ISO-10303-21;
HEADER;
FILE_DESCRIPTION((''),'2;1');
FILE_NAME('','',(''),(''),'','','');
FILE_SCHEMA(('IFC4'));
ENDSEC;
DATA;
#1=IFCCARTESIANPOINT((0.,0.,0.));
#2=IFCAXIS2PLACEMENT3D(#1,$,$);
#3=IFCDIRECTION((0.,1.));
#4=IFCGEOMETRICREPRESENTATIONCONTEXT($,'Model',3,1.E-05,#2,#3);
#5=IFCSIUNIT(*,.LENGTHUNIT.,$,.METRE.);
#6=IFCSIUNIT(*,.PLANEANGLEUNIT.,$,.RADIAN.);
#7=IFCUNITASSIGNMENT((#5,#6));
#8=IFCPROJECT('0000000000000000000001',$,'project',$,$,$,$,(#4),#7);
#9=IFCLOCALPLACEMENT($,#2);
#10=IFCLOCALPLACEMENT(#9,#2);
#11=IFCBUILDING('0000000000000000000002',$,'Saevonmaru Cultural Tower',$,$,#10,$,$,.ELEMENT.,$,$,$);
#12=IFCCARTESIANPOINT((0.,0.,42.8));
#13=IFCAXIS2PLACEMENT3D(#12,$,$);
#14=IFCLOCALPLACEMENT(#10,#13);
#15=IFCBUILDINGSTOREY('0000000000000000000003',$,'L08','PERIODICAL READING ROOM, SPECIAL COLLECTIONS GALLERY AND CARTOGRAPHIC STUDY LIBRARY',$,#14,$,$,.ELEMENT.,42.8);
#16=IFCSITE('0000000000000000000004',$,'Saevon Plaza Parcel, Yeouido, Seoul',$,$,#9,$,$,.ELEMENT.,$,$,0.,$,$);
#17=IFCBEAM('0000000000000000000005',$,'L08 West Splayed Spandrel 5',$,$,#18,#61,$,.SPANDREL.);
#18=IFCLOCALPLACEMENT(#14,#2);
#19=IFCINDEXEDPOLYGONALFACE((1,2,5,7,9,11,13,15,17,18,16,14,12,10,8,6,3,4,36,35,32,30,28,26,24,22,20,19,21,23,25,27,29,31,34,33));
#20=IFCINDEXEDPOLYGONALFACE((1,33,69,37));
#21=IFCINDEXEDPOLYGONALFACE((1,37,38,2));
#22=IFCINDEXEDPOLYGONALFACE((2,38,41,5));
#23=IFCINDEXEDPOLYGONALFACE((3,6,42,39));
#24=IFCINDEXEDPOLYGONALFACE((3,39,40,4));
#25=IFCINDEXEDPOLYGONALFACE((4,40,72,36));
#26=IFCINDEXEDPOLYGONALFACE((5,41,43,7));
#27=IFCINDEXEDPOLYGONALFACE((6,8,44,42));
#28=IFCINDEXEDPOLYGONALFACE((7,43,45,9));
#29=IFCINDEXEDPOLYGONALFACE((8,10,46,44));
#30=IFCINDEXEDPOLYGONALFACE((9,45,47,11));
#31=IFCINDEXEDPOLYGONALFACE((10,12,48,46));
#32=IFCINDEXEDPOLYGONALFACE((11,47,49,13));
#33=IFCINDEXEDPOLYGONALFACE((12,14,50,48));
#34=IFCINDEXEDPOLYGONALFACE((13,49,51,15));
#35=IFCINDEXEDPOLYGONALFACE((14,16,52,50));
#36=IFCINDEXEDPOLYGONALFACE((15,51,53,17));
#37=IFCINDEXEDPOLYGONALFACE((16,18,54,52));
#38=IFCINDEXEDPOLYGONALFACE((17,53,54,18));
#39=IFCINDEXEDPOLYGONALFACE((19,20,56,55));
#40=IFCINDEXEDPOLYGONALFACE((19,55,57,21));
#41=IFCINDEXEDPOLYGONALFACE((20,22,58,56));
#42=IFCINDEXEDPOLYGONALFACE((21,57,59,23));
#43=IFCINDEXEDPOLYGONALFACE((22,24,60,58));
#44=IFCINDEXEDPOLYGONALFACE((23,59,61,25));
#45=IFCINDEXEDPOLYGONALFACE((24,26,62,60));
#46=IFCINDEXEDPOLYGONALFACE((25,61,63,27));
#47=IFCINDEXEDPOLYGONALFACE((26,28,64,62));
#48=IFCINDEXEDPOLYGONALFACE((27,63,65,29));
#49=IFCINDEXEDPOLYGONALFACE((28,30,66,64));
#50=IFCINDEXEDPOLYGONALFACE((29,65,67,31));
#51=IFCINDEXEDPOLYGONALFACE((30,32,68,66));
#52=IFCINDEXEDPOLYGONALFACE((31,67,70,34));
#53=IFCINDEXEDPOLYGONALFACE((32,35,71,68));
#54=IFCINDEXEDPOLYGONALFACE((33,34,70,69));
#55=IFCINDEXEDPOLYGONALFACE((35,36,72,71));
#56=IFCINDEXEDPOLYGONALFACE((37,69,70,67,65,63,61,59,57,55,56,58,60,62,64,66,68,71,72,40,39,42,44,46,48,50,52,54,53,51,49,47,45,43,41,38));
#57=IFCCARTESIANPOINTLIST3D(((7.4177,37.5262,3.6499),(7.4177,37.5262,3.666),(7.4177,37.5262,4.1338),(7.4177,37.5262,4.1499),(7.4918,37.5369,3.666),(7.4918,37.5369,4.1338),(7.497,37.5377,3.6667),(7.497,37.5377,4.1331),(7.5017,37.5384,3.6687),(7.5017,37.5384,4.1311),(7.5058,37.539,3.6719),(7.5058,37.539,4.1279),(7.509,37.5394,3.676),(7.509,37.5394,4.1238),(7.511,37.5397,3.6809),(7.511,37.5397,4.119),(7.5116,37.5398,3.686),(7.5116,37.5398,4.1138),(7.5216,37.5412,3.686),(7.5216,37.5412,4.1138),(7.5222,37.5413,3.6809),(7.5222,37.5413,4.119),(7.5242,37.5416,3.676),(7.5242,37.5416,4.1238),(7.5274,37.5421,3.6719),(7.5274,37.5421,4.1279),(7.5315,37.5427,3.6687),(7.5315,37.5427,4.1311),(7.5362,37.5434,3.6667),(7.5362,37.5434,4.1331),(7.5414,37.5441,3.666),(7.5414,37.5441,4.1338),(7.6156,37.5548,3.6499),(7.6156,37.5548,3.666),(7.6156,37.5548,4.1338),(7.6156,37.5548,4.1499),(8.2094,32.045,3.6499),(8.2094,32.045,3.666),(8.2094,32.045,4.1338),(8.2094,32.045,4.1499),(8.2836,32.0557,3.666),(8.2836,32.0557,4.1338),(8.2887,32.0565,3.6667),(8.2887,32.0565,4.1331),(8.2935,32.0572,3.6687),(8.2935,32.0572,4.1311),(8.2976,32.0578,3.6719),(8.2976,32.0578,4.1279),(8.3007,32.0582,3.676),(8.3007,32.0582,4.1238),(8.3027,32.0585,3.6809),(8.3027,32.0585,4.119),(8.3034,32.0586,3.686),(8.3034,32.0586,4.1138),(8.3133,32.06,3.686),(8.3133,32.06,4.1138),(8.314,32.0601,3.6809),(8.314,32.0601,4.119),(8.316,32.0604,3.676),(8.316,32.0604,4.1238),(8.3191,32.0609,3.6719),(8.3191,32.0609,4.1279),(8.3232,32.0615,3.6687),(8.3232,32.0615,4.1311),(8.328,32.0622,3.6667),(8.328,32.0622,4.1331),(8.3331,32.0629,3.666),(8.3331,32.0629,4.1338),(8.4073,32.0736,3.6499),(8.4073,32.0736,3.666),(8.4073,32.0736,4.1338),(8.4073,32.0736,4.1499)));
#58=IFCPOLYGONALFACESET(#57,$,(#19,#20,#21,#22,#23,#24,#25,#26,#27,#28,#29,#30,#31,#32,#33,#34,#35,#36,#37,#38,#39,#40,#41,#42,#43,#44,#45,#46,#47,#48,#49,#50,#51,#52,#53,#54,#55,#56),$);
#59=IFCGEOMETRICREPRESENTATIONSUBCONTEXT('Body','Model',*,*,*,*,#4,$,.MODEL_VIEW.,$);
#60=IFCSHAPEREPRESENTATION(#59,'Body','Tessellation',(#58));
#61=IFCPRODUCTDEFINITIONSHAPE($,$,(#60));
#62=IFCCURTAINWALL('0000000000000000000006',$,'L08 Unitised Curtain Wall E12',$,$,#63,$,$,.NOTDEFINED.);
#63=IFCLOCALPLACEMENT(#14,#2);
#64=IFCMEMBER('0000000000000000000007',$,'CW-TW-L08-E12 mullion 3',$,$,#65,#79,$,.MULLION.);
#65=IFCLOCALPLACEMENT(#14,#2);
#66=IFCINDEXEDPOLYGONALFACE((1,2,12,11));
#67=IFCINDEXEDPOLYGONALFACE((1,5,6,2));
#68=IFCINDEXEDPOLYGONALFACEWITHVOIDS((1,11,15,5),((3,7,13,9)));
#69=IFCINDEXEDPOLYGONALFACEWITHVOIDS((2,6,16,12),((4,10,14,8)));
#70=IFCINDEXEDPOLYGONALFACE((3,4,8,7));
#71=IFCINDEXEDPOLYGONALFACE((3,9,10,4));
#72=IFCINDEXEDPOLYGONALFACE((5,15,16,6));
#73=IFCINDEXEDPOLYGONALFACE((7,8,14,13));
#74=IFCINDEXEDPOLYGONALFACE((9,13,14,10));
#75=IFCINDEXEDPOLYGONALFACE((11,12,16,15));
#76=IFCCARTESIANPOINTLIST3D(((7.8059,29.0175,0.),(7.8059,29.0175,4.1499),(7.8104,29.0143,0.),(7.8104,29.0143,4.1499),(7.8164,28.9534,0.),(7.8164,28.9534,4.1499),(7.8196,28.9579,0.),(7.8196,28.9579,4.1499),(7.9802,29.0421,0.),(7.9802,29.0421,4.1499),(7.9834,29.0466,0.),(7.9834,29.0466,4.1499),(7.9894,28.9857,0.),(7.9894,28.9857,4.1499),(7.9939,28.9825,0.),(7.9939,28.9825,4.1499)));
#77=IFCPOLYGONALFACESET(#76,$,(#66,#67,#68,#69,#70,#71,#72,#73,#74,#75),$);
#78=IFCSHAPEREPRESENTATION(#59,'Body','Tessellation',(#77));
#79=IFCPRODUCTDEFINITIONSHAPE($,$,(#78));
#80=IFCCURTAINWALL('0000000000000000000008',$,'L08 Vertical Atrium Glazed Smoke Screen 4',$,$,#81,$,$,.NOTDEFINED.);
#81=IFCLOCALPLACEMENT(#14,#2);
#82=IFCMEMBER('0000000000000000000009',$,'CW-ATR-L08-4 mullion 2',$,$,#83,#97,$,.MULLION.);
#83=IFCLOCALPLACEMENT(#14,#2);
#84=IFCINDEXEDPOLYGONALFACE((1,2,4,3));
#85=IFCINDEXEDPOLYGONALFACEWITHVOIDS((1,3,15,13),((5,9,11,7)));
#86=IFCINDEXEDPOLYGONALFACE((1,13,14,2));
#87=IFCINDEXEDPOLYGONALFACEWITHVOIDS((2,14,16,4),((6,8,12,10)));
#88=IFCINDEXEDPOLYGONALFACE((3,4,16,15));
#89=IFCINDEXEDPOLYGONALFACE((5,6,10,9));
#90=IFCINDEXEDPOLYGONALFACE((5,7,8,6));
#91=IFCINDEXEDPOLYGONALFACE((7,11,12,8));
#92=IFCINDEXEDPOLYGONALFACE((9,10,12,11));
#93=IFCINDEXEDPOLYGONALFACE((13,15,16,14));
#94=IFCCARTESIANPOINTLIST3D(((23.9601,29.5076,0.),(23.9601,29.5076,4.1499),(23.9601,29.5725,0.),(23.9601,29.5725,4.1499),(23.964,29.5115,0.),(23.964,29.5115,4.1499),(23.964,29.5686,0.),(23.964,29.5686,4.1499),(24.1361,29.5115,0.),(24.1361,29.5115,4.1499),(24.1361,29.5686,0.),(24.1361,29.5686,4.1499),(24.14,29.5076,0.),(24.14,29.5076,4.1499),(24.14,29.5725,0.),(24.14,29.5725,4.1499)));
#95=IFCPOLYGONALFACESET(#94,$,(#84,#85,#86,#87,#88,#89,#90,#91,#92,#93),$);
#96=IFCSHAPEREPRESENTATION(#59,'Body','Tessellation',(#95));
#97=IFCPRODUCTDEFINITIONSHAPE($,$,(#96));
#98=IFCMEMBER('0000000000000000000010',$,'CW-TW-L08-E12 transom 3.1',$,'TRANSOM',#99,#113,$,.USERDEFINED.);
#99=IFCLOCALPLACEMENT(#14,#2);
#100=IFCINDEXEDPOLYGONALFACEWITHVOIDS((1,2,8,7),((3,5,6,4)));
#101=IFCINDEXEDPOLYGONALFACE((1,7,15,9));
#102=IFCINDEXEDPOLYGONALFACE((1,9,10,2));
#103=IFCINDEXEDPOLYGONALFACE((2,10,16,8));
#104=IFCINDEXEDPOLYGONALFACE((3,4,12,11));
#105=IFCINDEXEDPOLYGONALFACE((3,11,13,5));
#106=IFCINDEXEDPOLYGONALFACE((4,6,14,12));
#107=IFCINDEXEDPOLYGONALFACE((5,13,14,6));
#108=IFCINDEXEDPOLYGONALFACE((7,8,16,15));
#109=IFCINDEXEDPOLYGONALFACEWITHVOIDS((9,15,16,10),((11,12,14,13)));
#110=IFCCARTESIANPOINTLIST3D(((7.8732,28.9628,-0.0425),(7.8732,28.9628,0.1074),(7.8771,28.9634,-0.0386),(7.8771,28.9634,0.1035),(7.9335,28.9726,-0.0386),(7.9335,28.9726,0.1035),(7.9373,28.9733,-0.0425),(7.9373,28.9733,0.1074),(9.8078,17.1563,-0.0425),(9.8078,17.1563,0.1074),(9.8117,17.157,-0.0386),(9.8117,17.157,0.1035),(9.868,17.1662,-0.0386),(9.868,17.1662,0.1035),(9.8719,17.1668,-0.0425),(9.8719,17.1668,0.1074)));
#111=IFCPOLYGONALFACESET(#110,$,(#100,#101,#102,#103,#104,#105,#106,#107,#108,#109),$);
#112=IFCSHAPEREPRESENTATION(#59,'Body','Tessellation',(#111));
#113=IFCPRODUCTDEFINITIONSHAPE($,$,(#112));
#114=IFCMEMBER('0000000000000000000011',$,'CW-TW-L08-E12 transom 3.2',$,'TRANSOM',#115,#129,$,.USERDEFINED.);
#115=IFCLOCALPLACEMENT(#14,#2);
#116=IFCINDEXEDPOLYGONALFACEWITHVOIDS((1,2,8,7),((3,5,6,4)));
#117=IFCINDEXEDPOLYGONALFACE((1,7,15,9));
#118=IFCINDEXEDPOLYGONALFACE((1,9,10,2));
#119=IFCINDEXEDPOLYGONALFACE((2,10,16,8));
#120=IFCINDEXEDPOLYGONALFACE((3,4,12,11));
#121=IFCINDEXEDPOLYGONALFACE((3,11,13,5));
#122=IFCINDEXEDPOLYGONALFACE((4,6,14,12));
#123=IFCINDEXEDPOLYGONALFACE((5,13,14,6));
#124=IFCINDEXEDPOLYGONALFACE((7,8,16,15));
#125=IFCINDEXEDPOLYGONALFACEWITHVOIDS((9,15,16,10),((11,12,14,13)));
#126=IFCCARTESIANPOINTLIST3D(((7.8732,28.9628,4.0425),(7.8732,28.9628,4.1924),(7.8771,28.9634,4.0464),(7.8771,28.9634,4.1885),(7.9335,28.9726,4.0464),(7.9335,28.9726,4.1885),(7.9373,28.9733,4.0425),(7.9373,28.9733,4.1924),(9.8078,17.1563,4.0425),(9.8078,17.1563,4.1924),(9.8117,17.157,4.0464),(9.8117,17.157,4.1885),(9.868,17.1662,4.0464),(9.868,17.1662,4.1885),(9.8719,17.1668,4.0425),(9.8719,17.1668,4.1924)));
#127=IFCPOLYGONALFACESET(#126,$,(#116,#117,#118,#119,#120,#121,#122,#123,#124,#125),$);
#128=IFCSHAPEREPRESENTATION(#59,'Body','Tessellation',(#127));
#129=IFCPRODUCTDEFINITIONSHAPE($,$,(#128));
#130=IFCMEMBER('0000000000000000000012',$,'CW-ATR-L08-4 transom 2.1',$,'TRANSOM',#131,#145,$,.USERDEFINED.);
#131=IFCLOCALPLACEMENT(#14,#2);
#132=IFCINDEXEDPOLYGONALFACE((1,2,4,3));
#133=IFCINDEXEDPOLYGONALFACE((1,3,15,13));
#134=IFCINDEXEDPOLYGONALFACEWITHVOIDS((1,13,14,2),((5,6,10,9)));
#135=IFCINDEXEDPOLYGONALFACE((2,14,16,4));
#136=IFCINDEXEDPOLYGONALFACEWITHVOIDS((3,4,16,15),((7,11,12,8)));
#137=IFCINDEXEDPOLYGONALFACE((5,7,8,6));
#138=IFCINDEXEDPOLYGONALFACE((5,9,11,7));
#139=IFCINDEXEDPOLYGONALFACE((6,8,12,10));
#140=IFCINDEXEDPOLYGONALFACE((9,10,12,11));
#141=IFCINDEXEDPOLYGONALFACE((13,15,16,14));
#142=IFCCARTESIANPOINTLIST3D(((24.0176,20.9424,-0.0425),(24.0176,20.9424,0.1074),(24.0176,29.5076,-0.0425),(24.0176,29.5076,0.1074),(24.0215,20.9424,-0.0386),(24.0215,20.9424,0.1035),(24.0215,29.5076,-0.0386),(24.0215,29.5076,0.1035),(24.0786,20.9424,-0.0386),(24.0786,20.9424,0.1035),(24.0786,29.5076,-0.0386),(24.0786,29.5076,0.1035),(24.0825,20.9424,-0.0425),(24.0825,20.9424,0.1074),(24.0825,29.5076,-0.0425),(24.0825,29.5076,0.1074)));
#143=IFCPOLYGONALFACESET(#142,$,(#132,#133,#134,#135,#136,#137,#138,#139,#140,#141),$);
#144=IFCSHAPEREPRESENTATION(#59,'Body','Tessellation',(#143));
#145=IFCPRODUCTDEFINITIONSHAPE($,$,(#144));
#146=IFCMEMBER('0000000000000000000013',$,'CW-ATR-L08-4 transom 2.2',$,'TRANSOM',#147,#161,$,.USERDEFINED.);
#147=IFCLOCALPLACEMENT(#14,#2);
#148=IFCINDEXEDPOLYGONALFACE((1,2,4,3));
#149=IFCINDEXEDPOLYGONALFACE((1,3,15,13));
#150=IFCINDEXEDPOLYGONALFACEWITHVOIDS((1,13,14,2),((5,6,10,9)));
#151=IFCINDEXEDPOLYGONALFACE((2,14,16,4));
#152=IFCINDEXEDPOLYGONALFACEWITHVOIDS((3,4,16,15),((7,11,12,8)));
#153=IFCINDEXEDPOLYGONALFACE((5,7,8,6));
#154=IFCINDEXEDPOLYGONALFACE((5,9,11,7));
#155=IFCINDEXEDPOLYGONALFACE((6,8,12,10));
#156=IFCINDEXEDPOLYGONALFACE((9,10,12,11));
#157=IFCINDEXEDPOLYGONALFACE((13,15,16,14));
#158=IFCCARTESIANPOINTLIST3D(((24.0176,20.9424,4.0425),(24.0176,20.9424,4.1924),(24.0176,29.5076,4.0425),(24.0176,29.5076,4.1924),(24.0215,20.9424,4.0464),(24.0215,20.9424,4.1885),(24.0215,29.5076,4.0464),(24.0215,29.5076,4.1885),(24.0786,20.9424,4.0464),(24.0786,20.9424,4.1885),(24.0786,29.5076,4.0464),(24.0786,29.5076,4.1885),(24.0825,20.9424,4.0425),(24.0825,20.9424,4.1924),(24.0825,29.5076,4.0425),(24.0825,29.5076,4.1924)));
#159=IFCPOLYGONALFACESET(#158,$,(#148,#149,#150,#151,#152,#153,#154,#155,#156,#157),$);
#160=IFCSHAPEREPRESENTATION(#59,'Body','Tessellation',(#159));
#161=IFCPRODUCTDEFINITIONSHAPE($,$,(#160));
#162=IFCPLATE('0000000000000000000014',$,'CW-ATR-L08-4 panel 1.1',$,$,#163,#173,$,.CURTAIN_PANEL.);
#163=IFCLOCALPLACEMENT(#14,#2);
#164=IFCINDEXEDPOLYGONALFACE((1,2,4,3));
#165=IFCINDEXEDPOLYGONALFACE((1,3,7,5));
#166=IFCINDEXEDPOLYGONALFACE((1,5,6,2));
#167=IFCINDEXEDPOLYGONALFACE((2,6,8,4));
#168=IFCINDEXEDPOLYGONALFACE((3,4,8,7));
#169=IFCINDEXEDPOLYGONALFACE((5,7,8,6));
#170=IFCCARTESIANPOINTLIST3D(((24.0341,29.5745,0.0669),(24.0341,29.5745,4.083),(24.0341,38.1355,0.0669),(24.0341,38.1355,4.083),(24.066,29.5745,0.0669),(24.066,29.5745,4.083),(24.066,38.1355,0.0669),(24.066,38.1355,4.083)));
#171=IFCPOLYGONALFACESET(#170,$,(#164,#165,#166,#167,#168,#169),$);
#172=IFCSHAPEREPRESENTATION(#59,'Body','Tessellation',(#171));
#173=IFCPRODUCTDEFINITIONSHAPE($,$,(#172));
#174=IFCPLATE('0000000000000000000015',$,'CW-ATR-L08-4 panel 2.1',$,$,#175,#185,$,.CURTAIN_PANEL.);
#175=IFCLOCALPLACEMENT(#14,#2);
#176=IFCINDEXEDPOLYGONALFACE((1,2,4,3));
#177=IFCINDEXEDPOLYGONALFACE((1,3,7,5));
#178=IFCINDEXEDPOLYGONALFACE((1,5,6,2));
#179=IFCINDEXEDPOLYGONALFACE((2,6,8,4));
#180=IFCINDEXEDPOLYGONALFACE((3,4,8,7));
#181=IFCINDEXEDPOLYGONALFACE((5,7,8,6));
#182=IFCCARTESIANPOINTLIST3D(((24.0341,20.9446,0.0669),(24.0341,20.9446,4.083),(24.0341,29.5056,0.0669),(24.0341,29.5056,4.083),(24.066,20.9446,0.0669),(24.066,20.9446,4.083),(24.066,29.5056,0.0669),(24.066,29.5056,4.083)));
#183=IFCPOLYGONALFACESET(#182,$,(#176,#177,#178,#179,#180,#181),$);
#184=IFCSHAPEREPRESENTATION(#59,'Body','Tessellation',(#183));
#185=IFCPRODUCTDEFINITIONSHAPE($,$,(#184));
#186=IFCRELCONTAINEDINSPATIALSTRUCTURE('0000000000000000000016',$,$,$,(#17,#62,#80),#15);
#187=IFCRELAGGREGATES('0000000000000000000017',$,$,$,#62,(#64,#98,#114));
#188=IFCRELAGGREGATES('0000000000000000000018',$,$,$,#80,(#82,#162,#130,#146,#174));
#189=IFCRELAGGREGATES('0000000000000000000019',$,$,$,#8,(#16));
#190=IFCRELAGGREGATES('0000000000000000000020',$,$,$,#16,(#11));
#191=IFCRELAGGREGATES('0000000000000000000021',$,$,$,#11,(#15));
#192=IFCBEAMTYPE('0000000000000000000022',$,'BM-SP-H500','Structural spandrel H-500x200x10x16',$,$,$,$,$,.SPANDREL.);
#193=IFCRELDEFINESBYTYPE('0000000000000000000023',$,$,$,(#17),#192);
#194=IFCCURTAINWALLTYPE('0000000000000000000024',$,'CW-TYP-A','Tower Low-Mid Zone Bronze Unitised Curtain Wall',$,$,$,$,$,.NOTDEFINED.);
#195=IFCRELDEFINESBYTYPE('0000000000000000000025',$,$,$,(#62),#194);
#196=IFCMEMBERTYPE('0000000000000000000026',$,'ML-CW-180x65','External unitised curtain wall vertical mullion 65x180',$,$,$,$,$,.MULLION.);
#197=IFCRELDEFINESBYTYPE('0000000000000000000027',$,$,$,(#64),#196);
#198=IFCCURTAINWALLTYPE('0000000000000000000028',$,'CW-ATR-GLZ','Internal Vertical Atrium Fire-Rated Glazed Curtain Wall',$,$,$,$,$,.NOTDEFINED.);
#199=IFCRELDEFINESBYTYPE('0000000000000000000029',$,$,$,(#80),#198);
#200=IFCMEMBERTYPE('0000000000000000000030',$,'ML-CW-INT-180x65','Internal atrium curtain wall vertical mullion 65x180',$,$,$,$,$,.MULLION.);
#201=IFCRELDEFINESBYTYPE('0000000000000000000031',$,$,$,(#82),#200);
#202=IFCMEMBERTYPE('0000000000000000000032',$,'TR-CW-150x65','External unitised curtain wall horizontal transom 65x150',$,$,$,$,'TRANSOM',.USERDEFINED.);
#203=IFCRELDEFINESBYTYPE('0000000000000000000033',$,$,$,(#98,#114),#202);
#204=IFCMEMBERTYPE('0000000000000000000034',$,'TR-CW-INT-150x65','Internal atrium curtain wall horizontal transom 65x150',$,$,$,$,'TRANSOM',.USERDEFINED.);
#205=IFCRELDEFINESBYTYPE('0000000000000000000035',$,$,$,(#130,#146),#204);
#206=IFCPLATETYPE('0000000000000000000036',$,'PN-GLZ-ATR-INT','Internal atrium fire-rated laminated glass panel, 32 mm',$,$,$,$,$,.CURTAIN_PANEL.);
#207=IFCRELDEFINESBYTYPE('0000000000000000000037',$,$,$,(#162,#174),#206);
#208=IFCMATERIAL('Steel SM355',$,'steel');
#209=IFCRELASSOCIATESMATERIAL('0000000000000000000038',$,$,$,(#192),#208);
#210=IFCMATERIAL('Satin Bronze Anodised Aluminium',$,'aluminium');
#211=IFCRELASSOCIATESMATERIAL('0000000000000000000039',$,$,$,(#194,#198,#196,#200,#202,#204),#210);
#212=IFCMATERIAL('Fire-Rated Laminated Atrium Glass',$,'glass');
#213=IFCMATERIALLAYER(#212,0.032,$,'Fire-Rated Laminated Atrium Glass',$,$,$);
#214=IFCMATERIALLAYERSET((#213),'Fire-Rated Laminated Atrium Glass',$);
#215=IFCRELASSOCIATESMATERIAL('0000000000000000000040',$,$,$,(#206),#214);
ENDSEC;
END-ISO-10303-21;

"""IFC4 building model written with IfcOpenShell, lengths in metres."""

from ifc_helpers import new_model, si_unit, direction, frame, origin, origin_2d, place, context, subcontext, project, spatial, rectangle, hollow_rectangle, i_section, extrude, material, layer, layer_set, material_profile, profile_set, type_object, element, aggregate, save


model = new_model("IFC4")

# Units and contexts
model_context = context("Model", 3, precision=1e-05, world=origin(), true_north=direction((0.0, 1.0)))
body_context = subcontext(model_context, "Body", "Model", "MODEL_VIEW")
ifc_project = project(units=[si_unit("LENGTHUNIT", "METRE"), si_unit("PLANEANGLEUNIT", "RADIAN")], contexts=[model_context])

# Site, building, storey
site_placement = place(None, origin())
site = spatial("IfcSite", under=ifc_project, at=site_placement, Name="Saevon Plaza Parcel, Yeouido, Seoul", CompositionType="ELEMENT", RefElevation=0.0)
building_placement = place(site_placement, origin())
building = spatial("IfcBuilding", under=site, at=building_placement, Name="Saevonmaru Cultural Tower", CompositionType="ELEMENT")
storey_placement = place(building_placement, frame((0.0, 0.0, 42.8)))
storey = spatial("IfcBuildingStorey", under=building, at=storey_placement, Name="L08", Description="PERIODICAL READING ROOM, SPECIAL COLLECTIONS GALLERY AND CARTOGRAPHIC STUDY LIBRARY", CompositionType="ELEMENT", Elevation=42.8)

# Beam
ifc_material_1 = material(Name="Steel SM355", Category="steel")
ifc_material_profile_1 = material_profile(ifc_material_1, i_section(OverallWidth=0.2, OverallDepth=0.5, WebThickness=0.01, FlangeThickness=0.0161, FilletRadius=0.02, at=origin_2d()), Name="H-500x200x10x16")
ifc_profile_set_1 = profile_set([ifc_material_profile_1], Name="Steel SM355")
beam_type_1 = type_object("IfcBeamType", Name="BM-SP-H500", Description="Structural spandrel H-500x200x10x16", PredefinedType="SPANDREL", material=ifc_profile_set_1)
beam_1_placement = place(storey_placement, frame((8.3083, 32.0593, 3.8999), z_axis=(-0.142964, 0.989728, 0.0), x_axis=(-0.989728, -0.142964, 0.0)))
element("IfcBeam", 1, at=beam_1_placement, inside=storey, type_object=beam_type_1, Name="L08 West Splayed Spandrel 5", PredefinedType="SPANDREL", context=body_context, shape_type="SweptSolid", body=[
    extrude(i_section(OverallWidth=0.2, OverallDepth=0.5, WebThickness=0.01, FlangeThickness=0.0161, FilletRadius=0.02, at=origin_2d()), origin(), (0.0, 0.0, 1.0), 5.5381),
])

# Curtain walls, members
ifc_material_2 = material(Name="Satin Bronze Anodised Aluminium", Category="aluminium")
curtain_wall_type_1 = type_object("IfcCurtainWallType", Name="CW-TYP-A", Description="Tower Low-Mid Zone Bronze Unitised Curtain Wall", PredefinedType="NOTDEFINED", material=ifc_material_2)
curtain_wall_1_placement = place(storey_placement, origin())
curtain_wall_1 = element("IfcCurtainWall", 2, at=curtain_wall_1_placement, inside=storey, type_object=curtain_wall_type_1, Name="L08 Unitised Curtain Wall E12", PredefinedType="NOTDEFINED")
ifc_material_profile_2 = material_profile(ifc_material_2, hollow_rectangle(XDim=0.0649, YDim=0.1799, WallThickness=0.0039, at=origin_2d()), Name="ALU-MULL-180x65x4")
ifc_profile_set_2 = profile_set([ifc_material_profile_2], Name="Satin Bronze Anodised Aluminium")
member_type_1 = type_object("IfcMemberType", Name="ML-CW-180x65", Description="External unitised curtain wall vertical mullion 65x180", PredefinedType="MULLION", material=ifc_profile_set_2)
member_1_placement = place(storey_placement, frame((7.8999, 29.0, 0.0), z_axis=(0.0, 0.0, 1.0), x_axis=(0.161709, -0.986839, 0.0)))
member_1 = element("IfcMember", 3, at=member_1_placement, type_object=member_type_1, Name="CW-TW-L08-E12 mullion 3", PredefinedType="MULLION", context=body_context, shape_type="SweptSolid", body=[
    extrude(hollow_rectangle(XDim=0.0649, YDim=0.1799, WallThickness=0.0039, at=origin_2d()), origin(), (0.0, 0.0, 1.0), 4.1499),
])
curtain_wall_type_2 = type_object("IfcCurtainWallType", Name="CW-ATR-GLZ", Description="Internal Vertical Atrium Fire-Rated Glazed Curtain Wall", PredefinedType="NOTDEFINED", material=ifc_material_2)
curtain_wall_2_placement = place(storey_placement, origin())
curtain_wall_2 = element("IfcCurtainWall", 4, at=curtain_wall_2_placement, inside=storey, type_object=curtain_wall_type_2, Name="L08 Vertical Atrium Glazed Smoke Screen 4", PredefinedType="NOTDEFINED")
ifc_material_profile_3 = material_profile(ifc_material_2, hollow_rectangle(XDim=0.0649, YDim=0.1799, WallThickness=0.0039, at=origin_2d()), Name="ALU-MULL-180x65x4")
ifc_profile_set_3 = profile_set([ifc_material_profile_3], Name="Satin Bronze Anodised Aluminium")
member_type_2 = type_object("IfcMemberType", Name="ML-CW-INT-180x65", Description="Internal atrium curtain wall vertical mullion 65x180", PredefinedType="MULLION", material=ifc_profile_set_3)
member_2_placement = place(storey_placement, frame((24.05, 29.54, 0.0), z_axis=(0.0, 0.0, 1.0), x_axis=(0.0, -1.0, 0.0)))
member_2 = element("IfcMember", 5, at=member_2_placement, type_object=member_type_2, Name="CW-ATR-L08-4 mullion 2", PredefinedType="MULLION", context=body_context, shape_type="SweptSolid", body=[
    extrude(hollow_rectangle(XDim=0.0649, YDim=0.1799, WallThickness=0.0039, at=origin_2d()), origin(), (0.0, 0.0, 1.0), 4.1499),
])

# Members
ifc_material_profile_4 = material_profile(ifc_material_2, hollow_rectangle(XDim=0.0649, YDim=0.1499, WallThickness=0.0039, at=origin_2d()), Name="ALU-TRAN-150x65x4")
ifc_profile_set_4 = profile_set([ifc_material_profile_4], Name="Satin Bronze Anodised Aluminium")
member_type_3 = type_object("IfcMemberType", Name="TR-CW-150x65", Description="External unitised curtain wall horizontal transom 65x150", ElementType="TRANSOM", PredefinedType="USERDEFINED", material=ifc_profile_set_4)
member_3_placement = place(storey_placement, frame((7.9053, 28.968, 0.0325), z_axis=(0.161701, -0.98684, 0.0), x_axis=(0.98684, 0.161701, 0.0)))
member_3 = element("IfcMember", 6, at=member_3_placement, type_object=member_type_3, Name="CW-TW-L08-E12 transom 3.1", ObjectType="TRANSOM", PredefinedType="USERDEFINED", context=body_context, shape_type="SweptSolid", body=[
    extrude(hollow_rectangle(XDim=0.0649, YDim=0.1499, WallThickness=0.0039, at=origin_2d()), origin(), (0.0, 0.0, 1.0), 11.9639),
])
member_4_placement = place(storey_placement, frame((7.9053, 28.968, 4.1174), z_axis=(0.161701, -0.98684, 0.0), x_axis=(0.98684, 0.161701, 0.0)))
member_4 = element("IfcMember", 7, at=member_4_placement, type_object=member_type_3, Name="CW-TW-L08-E12 transom 3.2", ObjectType="TRANSOM", PredefinedType="USERDEFINED", context=body_context, shape_type="SweptSolid", body=[
    extrude(hollow_rectangle(XDim=0.0649, YDim=0.1499, WallThickness=0.0039, at=origin_2d()), origin(), (0.0, 0.0, 1.0), 11.9639),
])
aggregate(curtain_wall_1, [member_1, member_3, member_4])
ifc_material_profile_5 = material_profile(ifc_material_2, hollow_rectangle(XDim=0.0649, YDim=0.1499, WallThickness=0.0039, at=origin_2d()), Name="ALU-TRAN-150x65x4")
ifc_profile_set_5 = profile_set([ifc_material_profile_5], Name="Satin Bronze Anodised Aluminium")
member_type_4 = type_object("IfcMemberType", Name="TR-CW-INT-150x65", Description="Internal atrium curtain wall horizontal transom 65x150", ElementType="TRANSOM", PredefinedType="USERDEFINED", material=ifc_profile_set_5)
member_5_placement = place(storey_placement, frame((24.05, 29.5076, 0.0325), z_axis=(0.0, -1.0, 0.0), x_axis=(1.0, 0.0, 0.0)))
member_5 = element("IfcMember", 8, at=member_5_placement, type_object=member_type_4, Name="CW-ATR-L08-4 transom 2.1", ObjectType="TRANSOM", PredefinedType="USERDEFINED", context=body_context, shape_type="SweptSolid", body=[
    extrude(hollow_rectangle(XDim=0.0649, YDim=0.1499, WallThickness=0.0039, at=origin_2d()), origin(), (0.0, 0.0, 1.0), 8.5652),
])
member_6_placement = place(storey_placement, frame((24.05, 29.5076, 4.1174), z_axis=(0.0, -1.0, 0.0), x_axis=(1.0, 0.0, 0.0)))
member_6 = element("IfcMember", 9, at=member_6_placement, type_object=member_type_4, Name="CW-ATR-L08-4 transom 2.2", ObjectType="TRANSOM", PredefinedType="USERDEFINED", context=body_context, shape_type="SweptSolid", body=[
    extrude(hollow_rectangle(XDim=0.0649, YDim=0.1499, WallThickness=0.0039, at=origin_2d()), origin(), (0.0, 0.0, 1.0), 8.5652),
])

# Plates
ifc_material_3 = material(Name="Fire-Rated Laminated Atrium Glass", Category="glass")
ifc_layer_1 = layer(ifc_material_3, 0.032, Name="Fire-Rated Laminated Atrium Glass")
ifc_layer_set_1 = layer_set([ifc_layer_1], Name="Fire-Rated Laminated Atrium Glass")
plate_type = type_object("IfcPlateType", Name="PN-GLZ-ATR-INT", Description="Internal atrium fire-rated laminated glass panel, 32 mm", PredefinedType="CURTAIN_PANEL", material=ifc_layer_set_1)
plate_1_placement = place(storey_placement, frame((24.05, 33.855, 0.0669), z_axis=(0.0, 0.0, 1.0), x_axis=(0.0, -1.0, 0.0)))
plate_1 = element("IfcPlate", 10, at=plate_1_placement, type_object=plate_type, Name="CW-ATR-L08-4 panel 1.1", PredefinedType="CURTAIN_PANEL", context=body_context, shape_type="SweptSolid", body=[
    extrude(rectangle(XDim=8.561, YDim=0.032, at=origin_2d()), origin(), (0.0, 0.0, 1.0), 4.0161),
])
plate_2_placement = place(storey_placement, frame((24.05, 25.2251, 0.0669), z_axis=(0.0, 0.0, 1.0), x_axis=(0.0, -1.0, 0.0)))
plate_2 = element("IfcPlate", 11, at=plate_2_placement, type_object=plate_type, Name="CW-ATR-L08-4 panel 2.1", PredefinedType="CURTAIN_PANEL", context=body_context, shape_type="SweptSolid", body=[
    extrude(rectangle(XDim=8.561, YDim=0.032, at=origin_2d()), origin(), (0.0, 0.0, 1.0), 4.0161),
])
aggregate(curtain_wall_2, [member_2, plate_1, member_5, member_6, plate_2])

save(model, "model.ifc")
